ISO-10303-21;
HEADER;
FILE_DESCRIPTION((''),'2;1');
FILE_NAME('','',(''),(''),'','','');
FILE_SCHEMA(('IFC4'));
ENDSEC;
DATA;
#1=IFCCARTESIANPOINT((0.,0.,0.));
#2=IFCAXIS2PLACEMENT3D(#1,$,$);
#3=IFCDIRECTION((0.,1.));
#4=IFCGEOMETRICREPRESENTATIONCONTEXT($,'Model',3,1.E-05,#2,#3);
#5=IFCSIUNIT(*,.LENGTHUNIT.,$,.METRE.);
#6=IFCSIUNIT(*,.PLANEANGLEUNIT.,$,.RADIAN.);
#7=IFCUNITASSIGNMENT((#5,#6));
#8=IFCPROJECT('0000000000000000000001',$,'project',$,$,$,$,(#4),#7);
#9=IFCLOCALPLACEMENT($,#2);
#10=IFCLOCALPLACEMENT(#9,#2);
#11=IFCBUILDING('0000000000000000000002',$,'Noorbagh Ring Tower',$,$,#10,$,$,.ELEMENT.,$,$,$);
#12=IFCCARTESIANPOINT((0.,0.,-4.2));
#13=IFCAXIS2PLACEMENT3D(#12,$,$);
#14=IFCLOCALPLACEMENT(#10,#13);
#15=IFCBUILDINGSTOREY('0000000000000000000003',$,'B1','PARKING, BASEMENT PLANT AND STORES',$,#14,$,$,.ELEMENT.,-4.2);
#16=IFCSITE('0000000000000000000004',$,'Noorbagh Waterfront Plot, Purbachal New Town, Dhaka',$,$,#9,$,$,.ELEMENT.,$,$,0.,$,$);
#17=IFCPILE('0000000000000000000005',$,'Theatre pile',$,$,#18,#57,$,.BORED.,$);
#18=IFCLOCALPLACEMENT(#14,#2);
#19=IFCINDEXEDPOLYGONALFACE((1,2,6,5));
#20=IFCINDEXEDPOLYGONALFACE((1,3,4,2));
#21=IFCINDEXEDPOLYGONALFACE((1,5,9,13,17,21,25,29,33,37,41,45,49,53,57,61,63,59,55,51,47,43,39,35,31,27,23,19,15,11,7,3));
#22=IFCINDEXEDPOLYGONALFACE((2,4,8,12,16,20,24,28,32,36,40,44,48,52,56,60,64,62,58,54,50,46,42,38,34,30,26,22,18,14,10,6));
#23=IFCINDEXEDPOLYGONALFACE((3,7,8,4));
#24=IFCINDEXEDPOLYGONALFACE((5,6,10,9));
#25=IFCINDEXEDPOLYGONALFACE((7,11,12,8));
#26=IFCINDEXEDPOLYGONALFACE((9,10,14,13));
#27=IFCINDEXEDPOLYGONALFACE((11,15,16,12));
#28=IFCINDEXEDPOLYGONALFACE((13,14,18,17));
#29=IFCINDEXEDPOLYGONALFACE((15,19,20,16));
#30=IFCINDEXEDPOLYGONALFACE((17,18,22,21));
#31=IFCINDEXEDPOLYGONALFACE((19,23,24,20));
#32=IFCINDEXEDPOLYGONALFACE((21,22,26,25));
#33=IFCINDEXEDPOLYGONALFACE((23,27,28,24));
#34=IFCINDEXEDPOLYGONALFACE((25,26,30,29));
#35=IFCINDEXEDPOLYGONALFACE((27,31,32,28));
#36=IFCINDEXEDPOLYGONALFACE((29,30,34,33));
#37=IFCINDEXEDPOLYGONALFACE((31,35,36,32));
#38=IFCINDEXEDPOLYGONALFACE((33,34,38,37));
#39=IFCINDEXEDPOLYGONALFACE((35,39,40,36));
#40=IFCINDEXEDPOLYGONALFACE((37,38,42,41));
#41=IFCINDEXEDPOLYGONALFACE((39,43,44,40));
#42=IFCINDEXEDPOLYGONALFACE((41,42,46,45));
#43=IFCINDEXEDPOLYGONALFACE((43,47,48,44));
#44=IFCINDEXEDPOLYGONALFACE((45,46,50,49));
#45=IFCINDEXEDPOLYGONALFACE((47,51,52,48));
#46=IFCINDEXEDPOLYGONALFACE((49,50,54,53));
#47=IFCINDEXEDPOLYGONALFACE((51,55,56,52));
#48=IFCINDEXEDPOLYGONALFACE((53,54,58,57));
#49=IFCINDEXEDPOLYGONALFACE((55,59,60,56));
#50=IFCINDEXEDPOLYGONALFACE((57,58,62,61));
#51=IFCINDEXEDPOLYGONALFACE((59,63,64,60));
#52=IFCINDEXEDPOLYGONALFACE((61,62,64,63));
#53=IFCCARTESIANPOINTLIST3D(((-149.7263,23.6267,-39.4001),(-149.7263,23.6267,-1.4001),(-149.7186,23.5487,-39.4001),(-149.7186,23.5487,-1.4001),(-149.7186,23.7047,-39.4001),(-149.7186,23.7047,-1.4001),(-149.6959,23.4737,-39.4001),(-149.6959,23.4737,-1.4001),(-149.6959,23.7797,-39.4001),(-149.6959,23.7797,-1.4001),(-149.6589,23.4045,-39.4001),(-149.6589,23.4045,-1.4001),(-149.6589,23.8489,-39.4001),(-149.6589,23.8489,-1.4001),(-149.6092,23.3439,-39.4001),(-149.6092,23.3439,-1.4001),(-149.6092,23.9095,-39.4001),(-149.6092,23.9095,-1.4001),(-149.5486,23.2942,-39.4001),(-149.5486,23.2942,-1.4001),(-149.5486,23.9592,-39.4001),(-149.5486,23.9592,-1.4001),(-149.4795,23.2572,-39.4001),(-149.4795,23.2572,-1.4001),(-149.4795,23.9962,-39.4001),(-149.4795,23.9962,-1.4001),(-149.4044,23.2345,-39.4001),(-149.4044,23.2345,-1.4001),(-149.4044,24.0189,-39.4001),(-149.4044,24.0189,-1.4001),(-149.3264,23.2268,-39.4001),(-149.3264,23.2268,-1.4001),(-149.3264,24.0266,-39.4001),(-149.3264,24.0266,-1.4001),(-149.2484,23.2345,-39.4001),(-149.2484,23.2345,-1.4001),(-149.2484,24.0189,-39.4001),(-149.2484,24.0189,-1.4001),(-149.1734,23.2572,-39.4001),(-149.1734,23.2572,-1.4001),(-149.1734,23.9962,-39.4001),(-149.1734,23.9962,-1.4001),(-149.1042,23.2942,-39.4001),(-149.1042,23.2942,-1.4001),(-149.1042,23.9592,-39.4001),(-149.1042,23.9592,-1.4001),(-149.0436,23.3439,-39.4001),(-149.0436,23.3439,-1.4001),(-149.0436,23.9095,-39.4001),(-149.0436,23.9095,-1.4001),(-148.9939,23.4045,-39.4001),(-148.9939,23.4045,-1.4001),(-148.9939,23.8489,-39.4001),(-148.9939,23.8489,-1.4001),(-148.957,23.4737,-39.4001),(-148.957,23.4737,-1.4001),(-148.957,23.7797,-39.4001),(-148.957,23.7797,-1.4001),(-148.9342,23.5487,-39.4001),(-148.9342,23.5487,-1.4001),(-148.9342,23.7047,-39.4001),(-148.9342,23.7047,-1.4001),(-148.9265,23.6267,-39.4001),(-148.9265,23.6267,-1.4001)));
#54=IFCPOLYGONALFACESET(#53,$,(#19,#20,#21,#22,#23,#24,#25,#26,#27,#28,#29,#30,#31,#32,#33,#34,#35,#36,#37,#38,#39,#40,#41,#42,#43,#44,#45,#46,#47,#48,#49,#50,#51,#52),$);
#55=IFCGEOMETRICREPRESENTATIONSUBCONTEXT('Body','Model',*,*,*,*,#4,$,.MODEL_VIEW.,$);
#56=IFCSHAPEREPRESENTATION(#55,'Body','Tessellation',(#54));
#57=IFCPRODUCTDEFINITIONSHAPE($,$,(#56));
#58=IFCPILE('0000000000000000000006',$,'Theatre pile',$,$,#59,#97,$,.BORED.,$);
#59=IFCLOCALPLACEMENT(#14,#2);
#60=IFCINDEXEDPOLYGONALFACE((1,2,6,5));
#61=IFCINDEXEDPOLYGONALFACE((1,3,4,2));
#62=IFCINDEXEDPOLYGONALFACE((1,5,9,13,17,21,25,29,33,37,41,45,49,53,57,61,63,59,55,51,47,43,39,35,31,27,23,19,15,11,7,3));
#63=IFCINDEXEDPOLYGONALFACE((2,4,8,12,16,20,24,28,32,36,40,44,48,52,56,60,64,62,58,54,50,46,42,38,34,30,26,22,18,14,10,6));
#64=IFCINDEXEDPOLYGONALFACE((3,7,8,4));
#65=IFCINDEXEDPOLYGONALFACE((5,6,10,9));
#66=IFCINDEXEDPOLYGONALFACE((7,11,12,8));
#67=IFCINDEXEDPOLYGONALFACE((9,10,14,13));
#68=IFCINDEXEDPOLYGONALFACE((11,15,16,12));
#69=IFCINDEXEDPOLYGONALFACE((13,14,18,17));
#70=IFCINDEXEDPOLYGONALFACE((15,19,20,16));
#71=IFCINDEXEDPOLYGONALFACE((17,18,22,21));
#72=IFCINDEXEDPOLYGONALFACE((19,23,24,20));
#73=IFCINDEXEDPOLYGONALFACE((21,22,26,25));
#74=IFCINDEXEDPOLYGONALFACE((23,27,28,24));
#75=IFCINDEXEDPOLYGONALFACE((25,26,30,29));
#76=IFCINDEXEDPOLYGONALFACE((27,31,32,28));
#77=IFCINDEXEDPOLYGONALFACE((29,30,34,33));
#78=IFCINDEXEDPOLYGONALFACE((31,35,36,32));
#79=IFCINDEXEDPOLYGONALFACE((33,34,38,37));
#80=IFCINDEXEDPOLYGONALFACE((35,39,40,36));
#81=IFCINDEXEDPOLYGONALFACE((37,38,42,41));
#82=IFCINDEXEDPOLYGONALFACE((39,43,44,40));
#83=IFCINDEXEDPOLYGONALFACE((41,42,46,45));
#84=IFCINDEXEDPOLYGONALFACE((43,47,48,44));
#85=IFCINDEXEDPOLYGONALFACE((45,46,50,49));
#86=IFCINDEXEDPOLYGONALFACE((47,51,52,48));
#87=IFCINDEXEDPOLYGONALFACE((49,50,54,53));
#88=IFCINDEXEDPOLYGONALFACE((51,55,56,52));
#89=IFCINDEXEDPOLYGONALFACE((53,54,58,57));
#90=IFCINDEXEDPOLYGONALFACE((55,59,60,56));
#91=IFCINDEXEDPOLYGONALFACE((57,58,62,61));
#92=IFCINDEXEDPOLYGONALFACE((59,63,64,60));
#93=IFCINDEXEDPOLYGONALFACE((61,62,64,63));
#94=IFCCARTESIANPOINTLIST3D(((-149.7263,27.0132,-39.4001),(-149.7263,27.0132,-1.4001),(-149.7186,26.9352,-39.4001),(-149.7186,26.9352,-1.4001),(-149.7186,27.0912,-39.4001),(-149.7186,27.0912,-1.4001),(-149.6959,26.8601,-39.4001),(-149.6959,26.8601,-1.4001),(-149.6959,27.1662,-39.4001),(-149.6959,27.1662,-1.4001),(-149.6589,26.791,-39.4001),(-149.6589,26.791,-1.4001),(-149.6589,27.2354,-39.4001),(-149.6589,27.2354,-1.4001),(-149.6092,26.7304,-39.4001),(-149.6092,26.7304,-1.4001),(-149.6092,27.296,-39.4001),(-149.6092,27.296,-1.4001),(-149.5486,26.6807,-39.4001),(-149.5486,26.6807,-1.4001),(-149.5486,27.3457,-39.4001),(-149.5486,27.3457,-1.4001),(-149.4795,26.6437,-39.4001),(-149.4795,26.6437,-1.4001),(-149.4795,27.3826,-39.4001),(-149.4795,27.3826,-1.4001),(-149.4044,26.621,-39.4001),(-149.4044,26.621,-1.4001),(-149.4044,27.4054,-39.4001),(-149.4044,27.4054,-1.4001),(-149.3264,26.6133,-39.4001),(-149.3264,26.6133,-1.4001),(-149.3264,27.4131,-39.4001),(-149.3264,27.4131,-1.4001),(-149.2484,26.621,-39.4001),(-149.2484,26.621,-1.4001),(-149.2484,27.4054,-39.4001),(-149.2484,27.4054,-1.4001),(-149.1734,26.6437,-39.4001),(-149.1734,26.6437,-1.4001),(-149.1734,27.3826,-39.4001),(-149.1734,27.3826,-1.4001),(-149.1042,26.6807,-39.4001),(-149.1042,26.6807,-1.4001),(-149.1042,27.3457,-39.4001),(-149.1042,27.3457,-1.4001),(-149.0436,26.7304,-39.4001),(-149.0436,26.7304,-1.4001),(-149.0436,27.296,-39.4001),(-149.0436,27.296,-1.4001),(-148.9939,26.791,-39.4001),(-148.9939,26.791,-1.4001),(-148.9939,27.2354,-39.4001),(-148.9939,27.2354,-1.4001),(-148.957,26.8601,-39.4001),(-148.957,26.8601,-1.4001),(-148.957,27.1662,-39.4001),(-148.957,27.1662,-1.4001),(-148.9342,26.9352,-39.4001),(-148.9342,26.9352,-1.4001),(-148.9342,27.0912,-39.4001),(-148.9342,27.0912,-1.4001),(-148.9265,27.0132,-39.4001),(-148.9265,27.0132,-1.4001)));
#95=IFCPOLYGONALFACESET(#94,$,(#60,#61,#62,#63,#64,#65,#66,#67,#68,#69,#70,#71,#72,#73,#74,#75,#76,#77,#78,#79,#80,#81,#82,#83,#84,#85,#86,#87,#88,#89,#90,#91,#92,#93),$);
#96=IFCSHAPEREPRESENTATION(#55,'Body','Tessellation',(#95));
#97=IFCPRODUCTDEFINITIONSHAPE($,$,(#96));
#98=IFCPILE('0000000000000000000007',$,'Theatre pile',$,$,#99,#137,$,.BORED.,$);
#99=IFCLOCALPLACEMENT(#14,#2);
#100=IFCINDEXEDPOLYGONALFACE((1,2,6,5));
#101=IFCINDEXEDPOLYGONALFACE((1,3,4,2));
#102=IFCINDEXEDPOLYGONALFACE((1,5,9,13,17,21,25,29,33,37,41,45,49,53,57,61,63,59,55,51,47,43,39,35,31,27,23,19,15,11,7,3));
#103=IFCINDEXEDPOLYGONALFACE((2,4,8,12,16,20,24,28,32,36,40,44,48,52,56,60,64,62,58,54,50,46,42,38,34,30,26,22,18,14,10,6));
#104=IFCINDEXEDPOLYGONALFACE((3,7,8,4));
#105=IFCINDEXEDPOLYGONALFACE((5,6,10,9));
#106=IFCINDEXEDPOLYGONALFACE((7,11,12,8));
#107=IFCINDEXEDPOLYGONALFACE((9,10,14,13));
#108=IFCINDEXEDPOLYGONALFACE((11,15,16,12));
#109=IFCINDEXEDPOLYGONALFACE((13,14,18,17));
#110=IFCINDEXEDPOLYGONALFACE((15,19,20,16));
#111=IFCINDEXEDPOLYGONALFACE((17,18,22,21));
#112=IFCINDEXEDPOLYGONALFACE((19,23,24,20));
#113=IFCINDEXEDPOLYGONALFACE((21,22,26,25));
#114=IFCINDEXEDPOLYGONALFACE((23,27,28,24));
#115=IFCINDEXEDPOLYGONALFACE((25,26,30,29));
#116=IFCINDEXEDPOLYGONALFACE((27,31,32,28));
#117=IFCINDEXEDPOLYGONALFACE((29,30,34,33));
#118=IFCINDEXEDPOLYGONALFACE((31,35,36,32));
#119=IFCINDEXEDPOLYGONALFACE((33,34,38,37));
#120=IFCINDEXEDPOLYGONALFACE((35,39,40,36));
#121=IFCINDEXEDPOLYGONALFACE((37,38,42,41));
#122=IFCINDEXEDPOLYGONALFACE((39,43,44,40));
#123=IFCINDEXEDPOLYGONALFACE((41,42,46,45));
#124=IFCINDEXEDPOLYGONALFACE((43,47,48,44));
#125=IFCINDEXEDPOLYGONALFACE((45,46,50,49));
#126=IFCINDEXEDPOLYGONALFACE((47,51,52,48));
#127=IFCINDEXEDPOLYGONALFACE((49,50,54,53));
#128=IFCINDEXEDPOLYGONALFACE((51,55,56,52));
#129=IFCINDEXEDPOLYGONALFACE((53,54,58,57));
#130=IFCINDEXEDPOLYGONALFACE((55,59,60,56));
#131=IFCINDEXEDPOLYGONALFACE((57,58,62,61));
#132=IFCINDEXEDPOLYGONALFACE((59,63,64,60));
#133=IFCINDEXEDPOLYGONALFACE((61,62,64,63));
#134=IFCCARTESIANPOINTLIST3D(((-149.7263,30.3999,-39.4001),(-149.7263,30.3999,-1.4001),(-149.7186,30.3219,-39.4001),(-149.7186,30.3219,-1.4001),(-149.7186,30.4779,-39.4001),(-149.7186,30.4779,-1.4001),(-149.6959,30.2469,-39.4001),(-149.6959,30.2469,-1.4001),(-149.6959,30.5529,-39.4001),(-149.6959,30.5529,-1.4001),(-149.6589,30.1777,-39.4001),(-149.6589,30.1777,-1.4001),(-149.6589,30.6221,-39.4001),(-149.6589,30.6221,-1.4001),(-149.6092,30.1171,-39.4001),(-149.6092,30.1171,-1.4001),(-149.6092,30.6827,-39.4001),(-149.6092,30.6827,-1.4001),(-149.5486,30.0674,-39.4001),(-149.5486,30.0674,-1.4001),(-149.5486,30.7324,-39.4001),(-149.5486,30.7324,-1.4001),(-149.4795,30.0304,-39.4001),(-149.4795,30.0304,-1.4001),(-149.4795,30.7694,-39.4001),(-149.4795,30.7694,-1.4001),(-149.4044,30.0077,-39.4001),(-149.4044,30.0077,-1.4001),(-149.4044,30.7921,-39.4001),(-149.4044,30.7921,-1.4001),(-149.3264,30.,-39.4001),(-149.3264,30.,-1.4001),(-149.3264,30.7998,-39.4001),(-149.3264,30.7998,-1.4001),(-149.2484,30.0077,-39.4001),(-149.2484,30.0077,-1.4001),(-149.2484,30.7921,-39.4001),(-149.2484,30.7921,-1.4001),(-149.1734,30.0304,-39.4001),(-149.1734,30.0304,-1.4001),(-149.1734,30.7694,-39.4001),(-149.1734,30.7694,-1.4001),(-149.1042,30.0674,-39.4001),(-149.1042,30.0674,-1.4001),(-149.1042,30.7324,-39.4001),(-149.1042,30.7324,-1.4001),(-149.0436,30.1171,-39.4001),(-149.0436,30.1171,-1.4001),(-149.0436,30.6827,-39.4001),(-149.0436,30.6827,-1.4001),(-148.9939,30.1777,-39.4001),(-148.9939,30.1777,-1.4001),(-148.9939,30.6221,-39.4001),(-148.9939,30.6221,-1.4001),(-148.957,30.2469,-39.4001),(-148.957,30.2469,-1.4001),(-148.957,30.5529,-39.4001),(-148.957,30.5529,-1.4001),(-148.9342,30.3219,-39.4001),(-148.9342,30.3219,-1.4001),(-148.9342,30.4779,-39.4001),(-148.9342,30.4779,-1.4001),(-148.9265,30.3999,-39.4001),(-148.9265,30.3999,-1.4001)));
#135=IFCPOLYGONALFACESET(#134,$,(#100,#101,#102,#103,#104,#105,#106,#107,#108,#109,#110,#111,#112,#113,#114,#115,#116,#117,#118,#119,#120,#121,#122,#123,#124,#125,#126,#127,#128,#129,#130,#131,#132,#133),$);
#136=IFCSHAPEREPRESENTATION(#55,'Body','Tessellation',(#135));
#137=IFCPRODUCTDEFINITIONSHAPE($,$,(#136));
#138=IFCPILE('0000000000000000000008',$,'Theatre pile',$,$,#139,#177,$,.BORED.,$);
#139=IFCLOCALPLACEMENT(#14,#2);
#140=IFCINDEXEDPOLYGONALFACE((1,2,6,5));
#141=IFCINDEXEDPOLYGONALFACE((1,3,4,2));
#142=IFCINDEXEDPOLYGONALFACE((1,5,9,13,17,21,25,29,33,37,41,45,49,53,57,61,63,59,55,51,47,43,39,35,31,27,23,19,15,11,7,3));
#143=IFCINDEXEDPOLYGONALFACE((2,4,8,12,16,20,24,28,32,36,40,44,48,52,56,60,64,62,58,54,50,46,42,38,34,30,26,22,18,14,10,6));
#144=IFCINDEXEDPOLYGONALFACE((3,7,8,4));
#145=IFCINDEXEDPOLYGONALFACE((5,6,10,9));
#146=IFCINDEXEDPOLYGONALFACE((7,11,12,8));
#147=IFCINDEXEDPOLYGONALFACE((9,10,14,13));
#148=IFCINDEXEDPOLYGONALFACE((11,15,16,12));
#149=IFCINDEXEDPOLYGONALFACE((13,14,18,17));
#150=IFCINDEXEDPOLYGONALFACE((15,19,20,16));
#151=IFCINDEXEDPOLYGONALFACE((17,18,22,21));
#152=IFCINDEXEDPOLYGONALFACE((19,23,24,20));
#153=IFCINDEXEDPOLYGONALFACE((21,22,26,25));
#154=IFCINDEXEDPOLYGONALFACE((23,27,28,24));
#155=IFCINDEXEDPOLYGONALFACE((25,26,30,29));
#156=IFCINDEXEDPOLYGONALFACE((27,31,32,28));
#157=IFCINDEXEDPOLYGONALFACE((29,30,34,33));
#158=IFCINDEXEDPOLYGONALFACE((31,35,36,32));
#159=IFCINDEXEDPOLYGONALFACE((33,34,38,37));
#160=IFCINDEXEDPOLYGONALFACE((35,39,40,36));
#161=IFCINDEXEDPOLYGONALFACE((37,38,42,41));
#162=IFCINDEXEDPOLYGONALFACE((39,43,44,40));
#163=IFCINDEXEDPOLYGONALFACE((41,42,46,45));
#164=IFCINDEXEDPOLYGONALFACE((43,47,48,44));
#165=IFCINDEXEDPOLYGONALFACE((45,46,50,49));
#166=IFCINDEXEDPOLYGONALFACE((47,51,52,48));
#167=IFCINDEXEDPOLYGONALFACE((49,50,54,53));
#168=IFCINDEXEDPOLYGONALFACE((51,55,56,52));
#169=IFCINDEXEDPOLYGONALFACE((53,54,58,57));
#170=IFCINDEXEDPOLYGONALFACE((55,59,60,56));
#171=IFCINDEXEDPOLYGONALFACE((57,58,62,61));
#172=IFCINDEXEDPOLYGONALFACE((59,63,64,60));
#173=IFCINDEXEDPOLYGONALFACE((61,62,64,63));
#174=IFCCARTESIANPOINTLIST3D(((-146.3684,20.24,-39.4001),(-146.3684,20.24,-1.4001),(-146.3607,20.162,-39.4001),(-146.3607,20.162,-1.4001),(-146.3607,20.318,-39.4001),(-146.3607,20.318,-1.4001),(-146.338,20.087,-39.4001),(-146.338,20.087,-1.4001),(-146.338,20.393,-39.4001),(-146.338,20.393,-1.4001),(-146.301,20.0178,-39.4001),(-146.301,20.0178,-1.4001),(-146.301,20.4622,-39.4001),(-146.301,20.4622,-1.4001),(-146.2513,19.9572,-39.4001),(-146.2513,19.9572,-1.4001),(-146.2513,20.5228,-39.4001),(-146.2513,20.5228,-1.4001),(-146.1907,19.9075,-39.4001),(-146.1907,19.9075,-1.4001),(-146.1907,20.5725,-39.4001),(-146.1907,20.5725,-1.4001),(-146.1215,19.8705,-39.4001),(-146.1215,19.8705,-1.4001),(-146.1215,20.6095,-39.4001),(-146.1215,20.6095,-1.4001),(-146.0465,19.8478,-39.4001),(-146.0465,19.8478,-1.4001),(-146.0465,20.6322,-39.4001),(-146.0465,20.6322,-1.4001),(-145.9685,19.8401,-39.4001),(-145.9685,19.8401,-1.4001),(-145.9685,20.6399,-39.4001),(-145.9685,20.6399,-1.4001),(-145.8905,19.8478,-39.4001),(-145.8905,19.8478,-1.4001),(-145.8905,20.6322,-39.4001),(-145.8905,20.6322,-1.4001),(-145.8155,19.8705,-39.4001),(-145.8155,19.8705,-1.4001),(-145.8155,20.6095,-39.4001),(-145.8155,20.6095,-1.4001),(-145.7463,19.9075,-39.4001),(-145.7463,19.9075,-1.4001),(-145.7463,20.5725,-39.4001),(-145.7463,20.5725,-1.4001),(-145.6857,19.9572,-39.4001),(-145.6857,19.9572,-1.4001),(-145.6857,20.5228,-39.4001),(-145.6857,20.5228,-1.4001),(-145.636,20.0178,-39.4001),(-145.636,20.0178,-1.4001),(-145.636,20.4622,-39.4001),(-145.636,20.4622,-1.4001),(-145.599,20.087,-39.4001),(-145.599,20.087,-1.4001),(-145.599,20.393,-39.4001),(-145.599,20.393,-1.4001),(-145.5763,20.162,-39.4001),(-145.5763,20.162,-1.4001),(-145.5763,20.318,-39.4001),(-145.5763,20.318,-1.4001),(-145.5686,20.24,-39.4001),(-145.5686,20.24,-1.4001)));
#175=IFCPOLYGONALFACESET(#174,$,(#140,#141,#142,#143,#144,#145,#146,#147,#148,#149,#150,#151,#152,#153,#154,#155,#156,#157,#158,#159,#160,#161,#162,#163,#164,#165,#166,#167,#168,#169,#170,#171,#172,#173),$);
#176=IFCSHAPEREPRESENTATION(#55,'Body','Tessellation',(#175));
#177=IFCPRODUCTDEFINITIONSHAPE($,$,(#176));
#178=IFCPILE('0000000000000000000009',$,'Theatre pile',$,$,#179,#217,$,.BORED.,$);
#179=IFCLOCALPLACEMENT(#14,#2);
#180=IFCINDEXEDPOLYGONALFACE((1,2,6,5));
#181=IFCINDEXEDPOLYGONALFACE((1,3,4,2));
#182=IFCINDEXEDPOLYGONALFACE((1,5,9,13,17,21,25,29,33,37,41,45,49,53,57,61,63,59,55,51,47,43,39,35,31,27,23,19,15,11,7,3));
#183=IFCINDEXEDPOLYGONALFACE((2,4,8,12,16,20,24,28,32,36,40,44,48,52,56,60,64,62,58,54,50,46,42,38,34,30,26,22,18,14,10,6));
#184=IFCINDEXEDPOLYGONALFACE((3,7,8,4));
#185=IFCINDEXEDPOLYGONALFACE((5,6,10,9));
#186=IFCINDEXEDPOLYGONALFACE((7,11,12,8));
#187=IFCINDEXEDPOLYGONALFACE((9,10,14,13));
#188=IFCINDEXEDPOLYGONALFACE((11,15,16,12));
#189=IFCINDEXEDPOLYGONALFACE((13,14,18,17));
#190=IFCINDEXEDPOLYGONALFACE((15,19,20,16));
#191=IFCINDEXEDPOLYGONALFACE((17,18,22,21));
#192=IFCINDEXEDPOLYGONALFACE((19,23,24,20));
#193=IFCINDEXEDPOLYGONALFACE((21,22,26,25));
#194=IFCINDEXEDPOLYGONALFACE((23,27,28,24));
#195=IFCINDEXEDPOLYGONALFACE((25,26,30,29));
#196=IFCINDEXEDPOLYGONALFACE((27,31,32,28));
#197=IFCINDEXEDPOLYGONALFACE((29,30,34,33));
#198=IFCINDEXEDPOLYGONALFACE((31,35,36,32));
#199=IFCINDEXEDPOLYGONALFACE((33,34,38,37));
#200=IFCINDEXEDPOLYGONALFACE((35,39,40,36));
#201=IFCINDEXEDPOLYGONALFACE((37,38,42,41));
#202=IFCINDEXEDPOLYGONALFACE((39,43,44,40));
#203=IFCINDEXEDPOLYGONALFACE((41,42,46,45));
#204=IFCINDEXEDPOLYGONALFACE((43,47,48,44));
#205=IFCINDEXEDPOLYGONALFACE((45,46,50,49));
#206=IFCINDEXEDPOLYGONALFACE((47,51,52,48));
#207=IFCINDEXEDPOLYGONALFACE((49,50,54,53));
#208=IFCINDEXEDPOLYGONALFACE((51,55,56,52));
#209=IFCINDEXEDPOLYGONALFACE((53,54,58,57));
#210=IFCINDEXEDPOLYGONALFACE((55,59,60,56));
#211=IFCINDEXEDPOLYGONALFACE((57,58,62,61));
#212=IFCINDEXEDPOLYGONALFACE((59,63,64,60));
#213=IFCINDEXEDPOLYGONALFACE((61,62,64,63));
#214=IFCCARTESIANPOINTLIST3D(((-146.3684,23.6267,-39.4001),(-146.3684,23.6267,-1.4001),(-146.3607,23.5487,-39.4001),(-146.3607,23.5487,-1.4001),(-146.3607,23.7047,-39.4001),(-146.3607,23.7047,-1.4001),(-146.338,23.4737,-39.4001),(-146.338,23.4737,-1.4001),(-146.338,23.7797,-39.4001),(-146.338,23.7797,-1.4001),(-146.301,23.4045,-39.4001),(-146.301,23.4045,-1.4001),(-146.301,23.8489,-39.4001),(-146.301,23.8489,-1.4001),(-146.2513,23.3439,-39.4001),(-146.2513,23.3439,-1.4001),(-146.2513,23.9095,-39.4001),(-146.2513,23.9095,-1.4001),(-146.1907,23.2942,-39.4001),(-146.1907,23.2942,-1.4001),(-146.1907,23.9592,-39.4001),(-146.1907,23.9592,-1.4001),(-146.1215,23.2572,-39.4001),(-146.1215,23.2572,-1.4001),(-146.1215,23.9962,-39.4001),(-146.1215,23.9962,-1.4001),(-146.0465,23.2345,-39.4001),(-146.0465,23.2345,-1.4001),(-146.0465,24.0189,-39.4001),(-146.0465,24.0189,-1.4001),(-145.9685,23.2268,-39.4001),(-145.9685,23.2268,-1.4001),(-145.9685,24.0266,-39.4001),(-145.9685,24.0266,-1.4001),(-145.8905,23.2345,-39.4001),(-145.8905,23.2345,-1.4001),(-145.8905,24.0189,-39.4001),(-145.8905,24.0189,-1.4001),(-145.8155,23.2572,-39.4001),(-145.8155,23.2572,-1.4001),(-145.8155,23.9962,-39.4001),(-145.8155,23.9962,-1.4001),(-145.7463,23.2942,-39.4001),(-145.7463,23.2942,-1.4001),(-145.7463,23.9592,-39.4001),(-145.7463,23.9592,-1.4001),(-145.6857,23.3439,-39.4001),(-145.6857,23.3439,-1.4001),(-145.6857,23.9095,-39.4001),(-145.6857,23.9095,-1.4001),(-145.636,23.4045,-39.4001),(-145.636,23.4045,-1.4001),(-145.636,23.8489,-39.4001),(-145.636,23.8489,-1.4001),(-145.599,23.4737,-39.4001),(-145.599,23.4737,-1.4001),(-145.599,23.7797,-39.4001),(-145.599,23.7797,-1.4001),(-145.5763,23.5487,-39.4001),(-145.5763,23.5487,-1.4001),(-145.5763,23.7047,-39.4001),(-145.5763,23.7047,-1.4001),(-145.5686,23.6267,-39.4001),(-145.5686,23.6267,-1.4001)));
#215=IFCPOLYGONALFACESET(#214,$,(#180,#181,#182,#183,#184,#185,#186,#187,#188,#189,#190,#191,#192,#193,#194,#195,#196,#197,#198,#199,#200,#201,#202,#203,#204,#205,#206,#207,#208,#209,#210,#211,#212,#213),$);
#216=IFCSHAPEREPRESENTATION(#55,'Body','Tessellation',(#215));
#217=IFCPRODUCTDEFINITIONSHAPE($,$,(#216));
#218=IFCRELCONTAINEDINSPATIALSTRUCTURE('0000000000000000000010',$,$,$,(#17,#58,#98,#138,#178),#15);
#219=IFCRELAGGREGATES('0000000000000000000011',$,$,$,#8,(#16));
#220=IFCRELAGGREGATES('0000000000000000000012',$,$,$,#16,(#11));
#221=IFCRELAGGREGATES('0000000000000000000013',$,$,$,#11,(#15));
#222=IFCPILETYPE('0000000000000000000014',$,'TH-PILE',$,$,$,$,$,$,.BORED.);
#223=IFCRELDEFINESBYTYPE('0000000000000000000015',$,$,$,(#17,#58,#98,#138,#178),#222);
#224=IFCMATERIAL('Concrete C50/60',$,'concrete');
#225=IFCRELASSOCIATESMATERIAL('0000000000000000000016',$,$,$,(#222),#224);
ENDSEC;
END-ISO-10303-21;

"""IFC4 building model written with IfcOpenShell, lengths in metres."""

from ifc_helpers import new_model, si_unit, direction, frame, origin, origin_2d, place, context, subcontext, project, spatial, circle, extrude, material, material_profile, profile_set, type_object, element, save


model = new_model("IFC4")

# Units and contexts
model_context = context("Model", 3, precision=1e-05, world=origin(), true_north=direction((0.0, 1.0)))
body_context = subcontext(model_context, "Body", "Model", "MODEL_VIEW")
ifc_project = project(units=[si_unit("LENGTHUNIT", "METRE"), si_unit("PLANEANGLEUNIT", "RADIAN")], contexts=[model_context])

# Site, building, storey
site_placement = place(None, origin())
site = spatial("IfcSite", under=ifc_project, at=site_placement, Name="Noorbagh Waterfront Plot, Purbachal New Town, Dhaka", CompositionType="ELEMENT", RefElevation=0.0)
building_placement = place(site_placement, origin())
building = spatial("IfcBuilding", under=site, at=building_placement, Name="Noorbagh Ring Tower", CompositionType="ELEMENT")
storey_placement = place(building_placement, frame((0.0, 0.0, -4.2)))
storey = spatial("IfcBuildingStorey", under=building, at=storey_placement, Name="B1", Description="PARKING, BASEMENT PLANT AND STORES", CompositionType="ELEMENT", Elevation=-4.2)

# Piles
ifc_material_1 = material(Name="Concrete C50/60", Category="concrete")
ifc_material_profile_1 = material_profile(ifc_material_1, circle(Radius=0.3999, at=origin_2d()), Name="PILE800")
ifc_profile_set_1 = profile_set([ifc_material_profile_1], Name="Concrete C50/60")
pile_type = type_object("IfcPileType", Name="TH-PILE", PredefinedType="BORED", material=ifc_profile_set_1)
for number, where, z_axis, x_axis, name in (
    (1, (-149.3264, 23.6267, -1.4001), (0.0, 0.0, -1.0), (1.0, 0.0, 0.0), "Theatre pile"),
    (2, (-149.3264, 27.0132, -1.4001), (0.0, 0.0, -1.0), (1.0, 0.0, 0.0), "Theatre pile"),
    (3, (-149.3264, 30.3999, -1.4001), (0.0, 0.0, -1.0), (1.0, 0.0, 0.0), "Theatre pile"),
    (4, (-145.9685, 20.24, -1.4001), (0.0, 0.0, -1.0), (1.0, 0.0, 0.0), "Theatre pile"),
    (5, (-145.9685, 23.6267, -1.4001), (0.0, 0.0, -1.0), (1.0, 0.0, 0.0), "Theatre pile"),
):
    element("IfcPile", number, at=place(storey_placement, frame(where, z_axis=z_axis, x_axis=x_axis)), inside=storey, type_object=pile_type, Name=name, PredefinedType="BORED", context=body_context, shape_type="SweptSolid", body=[
        extrude(circle(Radius=0.3999, at=origin_2d()), origin(), (0.0, 0.0, 1.0), 38.0),
    ])

save(model, "model.ifc")
